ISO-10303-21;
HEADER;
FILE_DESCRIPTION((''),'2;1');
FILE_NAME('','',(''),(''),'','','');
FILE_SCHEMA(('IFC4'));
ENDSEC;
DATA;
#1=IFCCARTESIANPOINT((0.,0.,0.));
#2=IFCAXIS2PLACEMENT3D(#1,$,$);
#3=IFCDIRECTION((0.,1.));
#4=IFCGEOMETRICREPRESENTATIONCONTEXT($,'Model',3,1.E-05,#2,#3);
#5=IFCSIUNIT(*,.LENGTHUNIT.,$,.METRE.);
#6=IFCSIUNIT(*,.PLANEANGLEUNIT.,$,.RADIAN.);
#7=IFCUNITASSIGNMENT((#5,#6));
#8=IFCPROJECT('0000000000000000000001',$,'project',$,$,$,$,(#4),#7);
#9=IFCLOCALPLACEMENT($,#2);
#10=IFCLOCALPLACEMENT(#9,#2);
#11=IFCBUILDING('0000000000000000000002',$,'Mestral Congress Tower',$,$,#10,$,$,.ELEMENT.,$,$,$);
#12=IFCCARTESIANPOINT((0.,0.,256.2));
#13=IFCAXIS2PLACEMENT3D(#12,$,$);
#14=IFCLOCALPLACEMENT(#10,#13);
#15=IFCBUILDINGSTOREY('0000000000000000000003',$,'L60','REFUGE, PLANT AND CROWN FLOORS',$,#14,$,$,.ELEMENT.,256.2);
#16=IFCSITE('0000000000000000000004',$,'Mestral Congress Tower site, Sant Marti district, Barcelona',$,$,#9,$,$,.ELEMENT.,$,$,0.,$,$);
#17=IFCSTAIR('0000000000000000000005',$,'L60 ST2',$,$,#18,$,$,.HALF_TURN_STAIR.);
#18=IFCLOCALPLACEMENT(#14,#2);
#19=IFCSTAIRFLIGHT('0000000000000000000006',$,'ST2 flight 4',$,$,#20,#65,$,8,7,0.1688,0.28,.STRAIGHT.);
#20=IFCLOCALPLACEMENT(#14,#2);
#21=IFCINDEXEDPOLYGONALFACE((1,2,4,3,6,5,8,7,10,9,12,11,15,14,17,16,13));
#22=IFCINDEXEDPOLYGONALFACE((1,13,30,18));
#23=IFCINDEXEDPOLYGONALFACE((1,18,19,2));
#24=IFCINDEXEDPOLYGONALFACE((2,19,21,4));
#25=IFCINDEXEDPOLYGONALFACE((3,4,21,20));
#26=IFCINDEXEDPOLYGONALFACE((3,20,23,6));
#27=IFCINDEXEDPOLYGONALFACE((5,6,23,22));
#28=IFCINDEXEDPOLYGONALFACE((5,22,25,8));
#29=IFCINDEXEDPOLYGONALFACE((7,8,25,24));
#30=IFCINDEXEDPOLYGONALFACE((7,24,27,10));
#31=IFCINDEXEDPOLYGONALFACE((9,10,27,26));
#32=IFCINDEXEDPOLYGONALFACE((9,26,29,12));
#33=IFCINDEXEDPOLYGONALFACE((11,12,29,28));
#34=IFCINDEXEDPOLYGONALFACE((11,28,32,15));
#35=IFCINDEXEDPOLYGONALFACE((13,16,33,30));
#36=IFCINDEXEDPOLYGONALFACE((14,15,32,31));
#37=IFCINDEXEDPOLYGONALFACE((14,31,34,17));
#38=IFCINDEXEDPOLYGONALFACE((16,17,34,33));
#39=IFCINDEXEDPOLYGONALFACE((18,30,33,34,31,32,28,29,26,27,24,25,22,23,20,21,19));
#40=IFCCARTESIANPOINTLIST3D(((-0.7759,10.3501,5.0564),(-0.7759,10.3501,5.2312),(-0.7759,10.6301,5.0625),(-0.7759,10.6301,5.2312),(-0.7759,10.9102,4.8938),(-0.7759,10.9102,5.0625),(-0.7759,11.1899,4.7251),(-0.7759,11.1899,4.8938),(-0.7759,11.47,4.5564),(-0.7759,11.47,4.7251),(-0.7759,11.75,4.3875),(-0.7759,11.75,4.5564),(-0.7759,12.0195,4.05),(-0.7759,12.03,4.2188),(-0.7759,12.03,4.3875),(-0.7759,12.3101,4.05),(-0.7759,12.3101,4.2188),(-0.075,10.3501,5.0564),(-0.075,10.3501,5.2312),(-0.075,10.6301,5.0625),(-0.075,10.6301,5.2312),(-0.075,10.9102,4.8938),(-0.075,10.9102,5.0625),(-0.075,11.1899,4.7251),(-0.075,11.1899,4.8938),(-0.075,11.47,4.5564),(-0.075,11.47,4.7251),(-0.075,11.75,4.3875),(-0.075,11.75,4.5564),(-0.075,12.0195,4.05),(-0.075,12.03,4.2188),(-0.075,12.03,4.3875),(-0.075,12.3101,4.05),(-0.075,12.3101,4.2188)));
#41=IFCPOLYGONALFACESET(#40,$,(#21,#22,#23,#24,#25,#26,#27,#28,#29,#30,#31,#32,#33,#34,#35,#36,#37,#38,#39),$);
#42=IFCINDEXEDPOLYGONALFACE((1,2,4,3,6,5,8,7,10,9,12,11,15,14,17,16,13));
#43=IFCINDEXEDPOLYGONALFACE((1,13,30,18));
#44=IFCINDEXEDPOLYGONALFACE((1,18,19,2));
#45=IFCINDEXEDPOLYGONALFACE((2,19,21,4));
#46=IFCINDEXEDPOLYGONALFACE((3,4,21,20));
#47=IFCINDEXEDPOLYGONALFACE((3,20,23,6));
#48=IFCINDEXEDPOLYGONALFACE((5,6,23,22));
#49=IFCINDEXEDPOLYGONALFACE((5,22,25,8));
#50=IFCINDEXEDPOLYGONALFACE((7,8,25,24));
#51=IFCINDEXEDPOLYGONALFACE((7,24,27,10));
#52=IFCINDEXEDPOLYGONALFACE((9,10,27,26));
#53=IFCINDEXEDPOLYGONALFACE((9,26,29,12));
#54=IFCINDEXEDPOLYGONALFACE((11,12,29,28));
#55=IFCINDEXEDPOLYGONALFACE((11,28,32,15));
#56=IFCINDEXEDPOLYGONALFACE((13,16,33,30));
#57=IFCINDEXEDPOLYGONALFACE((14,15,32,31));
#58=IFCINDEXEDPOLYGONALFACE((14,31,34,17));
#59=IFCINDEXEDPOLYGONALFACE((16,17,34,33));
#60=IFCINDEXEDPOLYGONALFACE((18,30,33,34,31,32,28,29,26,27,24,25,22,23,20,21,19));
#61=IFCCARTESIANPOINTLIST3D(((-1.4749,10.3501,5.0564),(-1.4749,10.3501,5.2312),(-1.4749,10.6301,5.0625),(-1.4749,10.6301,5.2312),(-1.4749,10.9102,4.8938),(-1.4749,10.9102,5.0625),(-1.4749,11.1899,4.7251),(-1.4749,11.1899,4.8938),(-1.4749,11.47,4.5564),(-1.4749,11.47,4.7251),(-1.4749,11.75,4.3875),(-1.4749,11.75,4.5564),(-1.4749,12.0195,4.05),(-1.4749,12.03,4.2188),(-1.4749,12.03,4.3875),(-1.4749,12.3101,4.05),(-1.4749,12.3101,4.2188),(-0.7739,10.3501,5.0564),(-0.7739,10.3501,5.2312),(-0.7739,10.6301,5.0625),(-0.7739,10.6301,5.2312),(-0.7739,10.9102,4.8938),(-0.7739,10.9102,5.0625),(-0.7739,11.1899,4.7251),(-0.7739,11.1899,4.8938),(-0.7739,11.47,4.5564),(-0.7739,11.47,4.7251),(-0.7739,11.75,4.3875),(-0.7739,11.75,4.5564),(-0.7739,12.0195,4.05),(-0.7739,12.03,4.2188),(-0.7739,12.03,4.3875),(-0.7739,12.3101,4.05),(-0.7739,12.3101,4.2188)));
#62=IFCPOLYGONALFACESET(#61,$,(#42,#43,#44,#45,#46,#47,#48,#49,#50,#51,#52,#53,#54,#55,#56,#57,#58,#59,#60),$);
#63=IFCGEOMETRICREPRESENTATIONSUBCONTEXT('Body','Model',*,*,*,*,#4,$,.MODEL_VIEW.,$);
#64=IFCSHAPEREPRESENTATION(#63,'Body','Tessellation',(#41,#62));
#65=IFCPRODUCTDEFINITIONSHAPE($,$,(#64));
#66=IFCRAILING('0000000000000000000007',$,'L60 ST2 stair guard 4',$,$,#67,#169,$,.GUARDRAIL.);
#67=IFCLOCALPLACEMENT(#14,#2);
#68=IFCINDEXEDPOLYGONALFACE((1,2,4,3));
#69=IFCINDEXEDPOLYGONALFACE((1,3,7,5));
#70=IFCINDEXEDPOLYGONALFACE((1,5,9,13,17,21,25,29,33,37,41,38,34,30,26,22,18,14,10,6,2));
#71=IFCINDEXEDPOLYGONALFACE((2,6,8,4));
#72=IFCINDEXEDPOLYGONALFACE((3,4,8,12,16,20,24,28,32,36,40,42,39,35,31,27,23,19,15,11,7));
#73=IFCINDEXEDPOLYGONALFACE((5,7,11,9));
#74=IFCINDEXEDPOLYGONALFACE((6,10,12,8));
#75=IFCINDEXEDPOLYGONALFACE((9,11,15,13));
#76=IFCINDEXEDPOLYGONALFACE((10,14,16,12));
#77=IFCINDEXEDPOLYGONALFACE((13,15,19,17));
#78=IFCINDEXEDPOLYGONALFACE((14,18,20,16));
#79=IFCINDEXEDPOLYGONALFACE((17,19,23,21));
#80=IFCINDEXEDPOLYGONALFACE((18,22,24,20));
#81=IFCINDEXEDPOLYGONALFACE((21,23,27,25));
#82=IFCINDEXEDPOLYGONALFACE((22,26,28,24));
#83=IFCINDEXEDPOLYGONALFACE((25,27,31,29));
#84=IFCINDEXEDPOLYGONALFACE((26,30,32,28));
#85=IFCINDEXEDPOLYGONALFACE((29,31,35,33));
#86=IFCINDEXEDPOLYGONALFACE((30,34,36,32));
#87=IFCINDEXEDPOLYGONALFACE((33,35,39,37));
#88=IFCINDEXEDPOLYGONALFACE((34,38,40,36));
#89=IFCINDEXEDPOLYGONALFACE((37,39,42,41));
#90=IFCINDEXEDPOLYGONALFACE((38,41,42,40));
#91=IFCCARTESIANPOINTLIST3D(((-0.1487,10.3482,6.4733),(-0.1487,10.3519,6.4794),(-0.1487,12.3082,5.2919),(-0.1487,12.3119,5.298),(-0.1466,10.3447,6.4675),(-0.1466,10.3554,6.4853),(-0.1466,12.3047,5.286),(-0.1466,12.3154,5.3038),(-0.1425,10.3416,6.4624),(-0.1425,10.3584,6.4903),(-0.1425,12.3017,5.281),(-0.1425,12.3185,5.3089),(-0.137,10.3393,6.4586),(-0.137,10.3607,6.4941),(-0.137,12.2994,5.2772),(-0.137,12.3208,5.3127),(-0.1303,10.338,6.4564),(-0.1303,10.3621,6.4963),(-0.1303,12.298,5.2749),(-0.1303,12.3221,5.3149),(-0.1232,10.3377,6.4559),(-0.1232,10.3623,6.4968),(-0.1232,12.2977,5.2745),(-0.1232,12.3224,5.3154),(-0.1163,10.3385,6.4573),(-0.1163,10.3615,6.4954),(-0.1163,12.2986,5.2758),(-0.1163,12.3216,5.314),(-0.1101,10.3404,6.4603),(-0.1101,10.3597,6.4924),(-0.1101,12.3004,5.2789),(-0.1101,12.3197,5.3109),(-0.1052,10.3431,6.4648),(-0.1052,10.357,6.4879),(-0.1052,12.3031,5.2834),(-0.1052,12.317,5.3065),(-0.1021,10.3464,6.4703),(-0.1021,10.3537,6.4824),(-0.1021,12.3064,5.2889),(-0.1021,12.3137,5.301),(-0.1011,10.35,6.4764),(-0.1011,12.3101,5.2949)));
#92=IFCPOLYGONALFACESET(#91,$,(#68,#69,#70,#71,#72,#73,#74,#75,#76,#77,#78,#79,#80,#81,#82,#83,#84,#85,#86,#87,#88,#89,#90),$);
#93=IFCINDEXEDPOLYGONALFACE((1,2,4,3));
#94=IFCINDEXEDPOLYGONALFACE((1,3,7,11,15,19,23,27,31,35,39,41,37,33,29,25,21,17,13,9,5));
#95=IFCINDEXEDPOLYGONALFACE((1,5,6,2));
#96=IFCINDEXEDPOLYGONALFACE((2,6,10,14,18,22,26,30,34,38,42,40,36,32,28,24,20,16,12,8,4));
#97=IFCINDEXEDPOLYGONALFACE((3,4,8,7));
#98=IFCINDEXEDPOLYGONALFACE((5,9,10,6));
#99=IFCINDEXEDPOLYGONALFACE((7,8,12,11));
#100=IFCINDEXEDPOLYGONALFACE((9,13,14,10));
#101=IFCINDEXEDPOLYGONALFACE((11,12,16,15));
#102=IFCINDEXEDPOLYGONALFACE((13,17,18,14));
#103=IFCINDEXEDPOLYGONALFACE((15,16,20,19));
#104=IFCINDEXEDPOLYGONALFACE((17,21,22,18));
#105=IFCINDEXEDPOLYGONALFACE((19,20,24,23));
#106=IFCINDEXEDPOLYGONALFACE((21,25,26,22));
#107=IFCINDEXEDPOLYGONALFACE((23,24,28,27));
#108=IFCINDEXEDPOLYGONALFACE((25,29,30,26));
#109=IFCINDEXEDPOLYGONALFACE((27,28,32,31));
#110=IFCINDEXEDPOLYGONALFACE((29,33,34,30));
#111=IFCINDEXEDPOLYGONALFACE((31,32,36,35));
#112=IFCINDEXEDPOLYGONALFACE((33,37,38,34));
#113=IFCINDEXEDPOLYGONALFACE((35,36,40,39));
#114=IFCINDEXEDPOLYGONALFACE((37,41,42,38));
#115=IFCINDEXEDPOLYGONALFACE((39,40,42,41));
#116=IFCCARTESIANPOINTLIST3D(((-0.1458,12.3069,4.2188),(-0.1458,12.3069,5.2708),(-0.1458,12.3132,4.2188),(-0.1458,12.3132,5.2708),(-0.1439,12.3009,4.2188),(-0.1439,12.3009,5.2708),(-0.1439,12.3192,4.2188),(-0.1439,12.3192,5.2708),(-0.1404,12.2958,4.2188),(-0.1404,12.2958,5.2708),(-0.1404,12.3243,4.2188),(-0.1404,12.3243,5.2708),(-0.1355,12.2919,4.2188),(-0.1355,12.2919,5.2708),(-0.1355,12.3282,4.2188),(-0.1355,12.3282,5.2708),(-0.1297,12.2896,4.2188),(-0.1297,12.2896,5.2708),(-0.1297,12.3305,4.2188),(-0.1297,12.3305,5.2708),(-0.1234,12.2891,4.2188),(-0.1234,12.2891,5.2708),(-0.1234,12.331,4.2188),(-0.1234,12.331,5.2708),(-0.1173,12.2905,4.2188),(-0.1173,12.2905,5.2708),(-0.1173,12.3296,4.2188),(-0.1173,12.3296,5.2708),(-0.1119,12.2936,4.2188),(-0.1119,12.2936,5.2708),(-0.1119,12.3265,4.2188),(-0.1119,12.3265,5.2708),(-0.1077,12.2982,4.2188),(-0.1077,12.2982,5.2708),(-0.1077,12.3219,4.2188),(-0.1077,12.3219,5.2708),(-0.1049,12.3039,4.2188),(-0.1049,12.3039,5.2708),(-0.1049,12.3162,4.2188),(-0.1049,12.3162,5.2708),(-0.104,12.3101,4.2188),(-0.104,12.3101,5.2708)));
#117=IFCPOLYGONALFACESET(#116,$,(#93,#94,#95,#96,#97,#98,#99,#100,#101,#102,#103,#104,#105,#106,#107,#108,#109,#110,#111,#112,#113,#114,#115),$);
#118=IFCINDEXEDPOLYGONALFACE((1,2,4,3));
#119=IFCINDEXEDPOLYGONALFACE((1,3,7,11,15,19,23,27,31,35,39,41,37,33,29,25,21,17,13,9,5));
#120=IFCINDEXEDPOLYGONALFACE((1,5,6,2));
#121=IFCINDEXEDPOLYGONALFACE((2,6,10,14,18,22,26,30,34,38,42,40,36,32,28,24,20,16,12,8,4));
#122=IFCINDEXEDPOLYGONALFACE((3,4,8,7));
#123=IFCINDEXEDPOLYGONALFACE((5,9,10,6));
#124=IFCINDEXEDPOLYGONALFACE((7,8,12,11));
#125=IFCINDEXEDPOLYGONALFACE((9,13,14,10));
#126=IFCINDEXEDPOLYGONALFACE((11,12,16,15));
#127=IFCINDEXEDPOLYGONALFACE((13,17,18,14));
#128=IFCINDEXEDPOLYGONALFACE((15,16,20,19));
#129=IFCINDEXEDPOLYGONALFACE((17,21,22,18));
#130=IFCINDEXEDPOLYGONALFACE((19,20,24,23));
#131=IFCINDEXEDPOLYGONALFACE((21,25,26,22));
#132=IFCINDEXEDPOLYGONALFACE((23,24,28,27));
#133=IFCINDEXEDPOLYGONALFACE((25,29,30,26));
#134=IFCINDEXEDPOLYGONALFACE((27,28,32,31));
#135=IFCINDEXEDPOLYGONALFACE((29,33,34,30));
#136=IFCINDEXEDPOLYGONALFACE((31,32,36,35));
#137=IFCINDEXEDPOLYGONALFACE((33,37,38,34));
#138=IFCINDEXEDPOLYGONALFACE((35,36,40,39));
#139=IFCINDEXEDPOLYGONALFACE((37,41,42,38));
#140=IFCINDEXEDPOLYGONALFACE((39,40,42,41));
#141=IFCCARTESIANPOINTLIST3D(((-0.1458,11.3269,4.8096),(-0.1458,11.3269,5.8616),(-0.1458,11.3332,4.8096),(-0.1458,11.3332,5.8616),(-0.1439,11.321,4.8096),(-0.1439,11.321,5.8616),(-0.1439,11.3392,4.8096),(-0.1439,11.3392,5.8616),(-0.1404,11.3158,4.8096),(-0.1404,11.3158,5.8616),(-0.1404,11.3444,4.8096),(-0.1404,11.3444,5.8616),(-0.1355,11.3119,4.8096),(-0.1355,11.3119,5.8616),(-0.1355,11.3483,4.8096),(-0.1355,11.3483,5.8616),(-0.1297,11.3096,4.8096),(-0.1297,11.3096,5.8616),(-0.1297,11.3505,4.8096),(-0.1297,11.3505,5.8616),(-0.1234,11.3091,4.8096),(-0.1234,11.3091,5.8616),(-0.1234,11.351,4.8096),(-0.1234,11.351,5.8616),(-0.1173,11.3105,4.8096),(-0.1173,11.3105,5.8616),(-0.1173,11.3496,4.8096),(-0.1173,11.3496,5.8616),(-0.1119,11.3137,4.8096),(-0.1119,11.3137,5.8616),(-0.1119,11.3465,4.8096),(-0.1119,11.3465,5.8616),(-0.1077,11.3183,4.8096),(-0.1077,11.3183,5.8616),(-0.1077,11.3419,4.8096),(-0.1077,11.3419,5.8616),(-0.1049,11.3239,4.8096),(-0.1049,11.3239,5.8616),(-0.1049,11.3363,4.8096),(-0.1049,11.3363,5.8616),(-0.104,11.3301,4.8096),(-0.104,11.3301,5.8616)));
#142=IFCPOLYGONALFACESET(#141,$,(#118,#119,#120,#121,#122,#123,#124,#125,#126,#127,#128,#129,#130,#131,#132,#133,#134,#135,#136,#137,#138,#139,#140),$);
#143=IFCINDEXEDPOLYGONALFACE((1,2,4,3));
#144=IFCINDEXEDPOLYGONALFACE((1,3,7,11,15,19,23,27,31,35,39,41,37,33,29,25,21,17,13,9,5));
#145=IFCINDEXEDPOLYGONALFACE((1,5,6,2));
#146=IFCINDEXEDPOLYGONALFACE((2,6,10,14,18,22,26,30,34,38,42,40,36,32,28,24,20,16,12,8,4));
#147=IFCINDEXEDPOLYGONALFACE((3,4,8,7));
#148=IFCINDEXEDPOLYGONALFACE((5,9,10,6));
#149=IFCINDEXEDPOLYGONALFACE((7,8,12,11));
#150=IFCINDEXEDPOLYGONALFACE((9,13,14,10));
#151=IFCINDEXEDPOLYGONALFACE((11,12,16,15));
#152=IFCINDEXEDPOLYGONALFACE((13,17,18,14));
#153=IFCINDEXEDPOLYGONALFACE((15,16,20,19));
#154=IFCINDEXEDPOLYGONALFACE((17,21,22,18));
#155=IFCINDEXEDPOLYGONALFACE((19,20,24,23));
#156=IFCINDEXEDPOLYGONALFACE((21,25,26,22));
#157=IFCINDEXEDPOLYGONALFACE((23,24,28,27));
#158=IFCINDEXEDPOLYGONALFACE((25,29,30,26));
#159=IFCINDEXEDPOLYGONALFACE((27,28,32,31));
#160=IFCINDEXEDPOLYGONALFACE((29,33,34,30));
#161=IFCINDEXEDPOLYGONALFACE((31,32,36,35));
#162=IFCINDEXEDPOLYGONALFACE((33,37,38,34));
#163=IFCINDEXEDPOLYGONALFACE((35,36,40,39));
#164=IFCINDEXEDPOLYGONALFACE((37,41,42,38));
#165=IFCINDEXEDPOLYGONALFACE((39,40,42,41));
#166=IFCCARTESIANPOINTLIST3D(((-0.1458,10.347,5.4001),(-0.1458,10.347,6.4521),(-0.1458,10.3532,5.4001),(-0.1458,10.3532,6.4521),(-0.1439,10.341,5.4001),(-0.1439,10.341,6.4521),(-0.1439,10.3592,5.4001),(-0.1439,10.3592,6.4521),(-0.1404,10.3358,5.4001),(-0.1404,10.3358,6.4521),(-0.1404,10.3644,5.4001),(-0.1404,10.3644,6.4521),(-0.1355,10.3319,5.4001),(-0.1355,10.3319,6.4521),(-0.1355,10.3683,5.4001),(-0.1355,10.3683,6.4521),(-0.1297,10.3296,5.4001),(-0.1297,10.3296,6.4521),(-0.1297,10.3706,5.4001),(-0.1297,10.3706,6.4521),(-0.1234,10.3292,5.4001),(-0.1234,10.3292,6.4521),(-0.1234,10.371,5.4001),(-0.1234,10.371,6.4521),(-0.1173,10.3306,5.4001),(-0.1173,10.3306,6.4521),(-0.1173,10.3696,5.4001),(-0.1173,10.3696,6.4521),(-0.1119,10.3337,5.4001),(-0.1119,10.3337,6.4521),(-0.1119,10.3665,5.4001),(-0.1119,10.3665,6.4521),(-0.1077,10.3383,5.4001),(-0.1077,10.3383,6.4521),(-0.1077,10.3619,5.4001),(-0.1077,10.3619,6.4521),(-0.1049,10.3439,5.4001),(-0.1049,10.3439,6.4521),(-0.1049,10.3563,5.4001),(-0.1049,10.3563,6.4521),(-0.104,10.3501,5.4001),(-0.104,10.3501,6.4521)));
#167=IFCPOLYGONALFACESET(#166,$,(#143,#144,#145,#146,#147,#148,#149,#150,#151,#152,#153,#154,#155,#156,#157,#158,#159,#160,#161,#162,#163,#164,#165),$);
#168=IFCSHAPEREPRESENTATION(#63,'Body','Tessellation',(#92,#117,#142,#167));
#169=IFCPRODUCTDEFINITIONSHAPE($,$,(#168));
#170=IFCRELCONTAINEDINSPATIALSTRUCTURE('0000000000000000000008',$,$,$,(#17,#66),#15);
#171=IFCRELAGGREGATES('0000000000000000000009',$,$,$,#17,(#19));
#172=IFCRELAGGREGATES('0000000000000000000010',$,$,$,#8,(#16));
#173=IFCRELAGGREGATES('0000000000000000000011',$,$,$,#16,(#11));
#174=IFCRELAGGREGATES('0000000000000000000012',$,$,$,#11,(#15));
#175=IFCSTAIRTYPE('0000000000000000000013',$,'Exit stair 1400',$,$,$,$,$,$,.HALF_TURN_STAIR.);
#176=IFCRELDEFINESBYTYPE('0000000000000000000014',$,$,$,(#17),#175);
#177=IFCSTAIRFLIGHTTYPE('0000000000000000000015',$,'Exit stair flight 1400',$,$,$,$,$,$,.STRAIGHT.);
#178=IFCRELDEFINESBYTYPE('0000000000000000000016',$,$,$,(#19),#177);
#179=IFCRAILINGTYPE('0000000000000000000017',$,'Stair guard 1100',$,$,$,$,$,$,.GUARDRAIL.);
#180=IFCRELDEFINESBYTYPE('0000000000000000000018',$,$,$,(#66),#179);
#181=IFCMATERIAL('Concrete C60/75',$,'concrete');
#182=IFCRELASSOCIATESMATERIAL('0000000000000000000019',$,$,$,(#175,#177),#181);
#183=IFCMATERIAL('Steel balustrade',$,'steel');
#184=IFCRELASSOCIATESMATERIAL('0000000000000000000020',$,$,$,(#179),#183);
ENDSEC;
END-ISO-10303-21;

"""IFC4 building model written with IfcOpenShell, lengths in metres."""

from ifc_helpers import new_model, si_unit, direction, frame, origin, origin_2d, place, context, subcontext, project, spatial, polyline, circle, outline, extrude, material, type_object, element, aggregate, save


model = new_model("IFC4")

# Units and contexts
model_context = context("Model", 3, precision=1e-05, world=origin(), true_north=direction((0.0, 1.0)))
body_context = subcontext(model_context, "Body", "Model", "MODEL_VIEW")
ifc_project = project(units=[si_unit("LENGTHUNIT", "METRE"), si_unit("PLANEANGLEUNIT", "RADIAN")], contexts=[model_context])

# Site, building, storey
site_placement = place(None, origin())
site = spatial("IfcSite", under=ifc_project, at=site_placement, Name="Mestral Congress Tower site, Sant Marti district, Barcelona", CompositionType="ELEMENT", RefElevation=0.0)
building_placement = place(site_placement, origin())
building = spatial("IfcBuilding", under=site, at=building_placement, Name="Mestral Congress Tower", CompositionType="ELEMENT")
storey_placement = place(building_placement, frame((0.0, 0.0, 256.2)))
storey = spatial("IfcBuildingStorey", under=building, at=storey_placement, Name="L60", Description="REFUGE, PLANT AND CROWN FLOORS", CompositionType="ELEMENT", Elevation=256.2)

# Shared definitions
placement = place(storey_placement, origin())

# Shared definitions
ifc_material_1 = material(Name="Concrete C60/75", Category="concrete")

# Stair, stair flight
stair_type = type_object("IfcStairType", Name="Exit stair 1400", PredefinedType="HALF_TURN_STAIR", material=ifc_material_1)
stair = element("IfcStair", 1, at=placement, inside=storey, type_object=stair_type, Name="L60 ST2", PredefinedType="HALF_TURN_STAIR")
stair_flight_type = type_object("IfcStairFlightType", Name="Exit stair flight 1400", PredefinedType="STRAIGHT", material=ifc_material_1)
stair_flight_1_placement = place(storey_placement, frame((-0.7749, 12.3101, 4.05), z_axis=(0.0, 0.0, 1.0), x_axis=(0.0, -1.0, 0.0)))
stair_flight_1 = element("IfcStairFlight", 2, at=stair_flight_1_placement, type_object=stair_flight_type, Name="ST2 flight 4", NumberOfRisers=8, NumberOfTreads=7, PredefinedType="STRAIGHT", RiserHeight=0.1688, TreadLength=0.28, context=body_context, shape_type="SweptSolid", body=[
    extrude(outline(polyline([(0.0, 0.0), (0.0, 0.1687), (0.28, 0.1687), (0.28, 0.3374), (0.5601, 0.3374), (0.5601, 0.5063), (0.8401, 0.5063), (0.8401, 0.675), (1.1201, 0.675), (1.1201, 0.8438), (1.3999, 0.8438), (1.3999, 1.0125), (1.6799, 1.0125), (1.6799, 1.1812), (1.96, 1.1812), (1.96, 1.3501), (1.96, 1.0063), (0.2905, 0.0), (0.0, 0.0)])), frame((0.0, 0.7, 0.0), z_axis=(0.0, -1.0, 0.0), x_axis=(1.0, 0.0, 0.0)), (0.0, 0.0, 1.0), 0.7009),
    extrude(outline(polyline([(0.0, 0.0), (0.0, 0.1687), (0.28, 0.1687), (0.28, 0.3374), (0.5601, 0.3374), (0.5601, 0.5063), (0.8401, 0.5063), (0.8401, 0.675), (1.1201, 0.675), (1.1201, 0.8438), (1.3999, 0.8438), (1.3999, 1.0125), (1.6799, 1.0125), (1.6799, 1.1812), (1.96, 1.1812), (1.96, 1.3501), (1.96, 1.0063), (0.2905, 0.0), (0.0, 0.0)])), frame((0.0, 0.001, 0.0), z_axis=(0.0, -1.0, 0.0), x_axis=(1.0, 0.0, 0.0)), (0.0, 0.0, 1.0), 0.7009),
])
aggregate(stair, [stair_flight_1])

# Railing
ifc_material_2 = material(Name="Steel balustrade", Category="steel")
railing_type = type_object("IfcRailingType", Name="Stair guard 1100", PredefinedType="GUARDRAIL", material=ifc_material_2)
railing_1_placement = place(storey_placement, frame((-0.125, 12.3101, 4.2188)))
element("IfcRailing", 3, at=railing_1_placement, inside=storey, type_object=railing_type, Name="L60 ST2 stair guard 4", PredefinedType="GUARDRAIL", context=body_context, shape_type="SweptSolid", body=[
    extrude(circle(Radius=0.0239, at=origin_2d()), frame((0.0, 0.0, 1.0762), z_axis=(0.0, -0.856446, 0.516236), x_axis=(1.0, 0.0, 0.0)), (0.0, 0.0, 1.0), 2.2886),
    extrude(circle(Radius=0.021, at=origin_2d()), origin(), (0.0, 0.0, 1.0), 1.052),
    extrude(circle(Radius=0.021, at=origin_2d()), frame((0.0, -0.98, 0.5908)), (0.0, 0.0, 1.0), 1.052),
    extrude(circle(Radius=0.021, at=origin_2d()), frame((0.0, -1.96, 1.1814)), (0.0, 0.0, 1.0), 1.052),
])

save(model, "model.ifc")
